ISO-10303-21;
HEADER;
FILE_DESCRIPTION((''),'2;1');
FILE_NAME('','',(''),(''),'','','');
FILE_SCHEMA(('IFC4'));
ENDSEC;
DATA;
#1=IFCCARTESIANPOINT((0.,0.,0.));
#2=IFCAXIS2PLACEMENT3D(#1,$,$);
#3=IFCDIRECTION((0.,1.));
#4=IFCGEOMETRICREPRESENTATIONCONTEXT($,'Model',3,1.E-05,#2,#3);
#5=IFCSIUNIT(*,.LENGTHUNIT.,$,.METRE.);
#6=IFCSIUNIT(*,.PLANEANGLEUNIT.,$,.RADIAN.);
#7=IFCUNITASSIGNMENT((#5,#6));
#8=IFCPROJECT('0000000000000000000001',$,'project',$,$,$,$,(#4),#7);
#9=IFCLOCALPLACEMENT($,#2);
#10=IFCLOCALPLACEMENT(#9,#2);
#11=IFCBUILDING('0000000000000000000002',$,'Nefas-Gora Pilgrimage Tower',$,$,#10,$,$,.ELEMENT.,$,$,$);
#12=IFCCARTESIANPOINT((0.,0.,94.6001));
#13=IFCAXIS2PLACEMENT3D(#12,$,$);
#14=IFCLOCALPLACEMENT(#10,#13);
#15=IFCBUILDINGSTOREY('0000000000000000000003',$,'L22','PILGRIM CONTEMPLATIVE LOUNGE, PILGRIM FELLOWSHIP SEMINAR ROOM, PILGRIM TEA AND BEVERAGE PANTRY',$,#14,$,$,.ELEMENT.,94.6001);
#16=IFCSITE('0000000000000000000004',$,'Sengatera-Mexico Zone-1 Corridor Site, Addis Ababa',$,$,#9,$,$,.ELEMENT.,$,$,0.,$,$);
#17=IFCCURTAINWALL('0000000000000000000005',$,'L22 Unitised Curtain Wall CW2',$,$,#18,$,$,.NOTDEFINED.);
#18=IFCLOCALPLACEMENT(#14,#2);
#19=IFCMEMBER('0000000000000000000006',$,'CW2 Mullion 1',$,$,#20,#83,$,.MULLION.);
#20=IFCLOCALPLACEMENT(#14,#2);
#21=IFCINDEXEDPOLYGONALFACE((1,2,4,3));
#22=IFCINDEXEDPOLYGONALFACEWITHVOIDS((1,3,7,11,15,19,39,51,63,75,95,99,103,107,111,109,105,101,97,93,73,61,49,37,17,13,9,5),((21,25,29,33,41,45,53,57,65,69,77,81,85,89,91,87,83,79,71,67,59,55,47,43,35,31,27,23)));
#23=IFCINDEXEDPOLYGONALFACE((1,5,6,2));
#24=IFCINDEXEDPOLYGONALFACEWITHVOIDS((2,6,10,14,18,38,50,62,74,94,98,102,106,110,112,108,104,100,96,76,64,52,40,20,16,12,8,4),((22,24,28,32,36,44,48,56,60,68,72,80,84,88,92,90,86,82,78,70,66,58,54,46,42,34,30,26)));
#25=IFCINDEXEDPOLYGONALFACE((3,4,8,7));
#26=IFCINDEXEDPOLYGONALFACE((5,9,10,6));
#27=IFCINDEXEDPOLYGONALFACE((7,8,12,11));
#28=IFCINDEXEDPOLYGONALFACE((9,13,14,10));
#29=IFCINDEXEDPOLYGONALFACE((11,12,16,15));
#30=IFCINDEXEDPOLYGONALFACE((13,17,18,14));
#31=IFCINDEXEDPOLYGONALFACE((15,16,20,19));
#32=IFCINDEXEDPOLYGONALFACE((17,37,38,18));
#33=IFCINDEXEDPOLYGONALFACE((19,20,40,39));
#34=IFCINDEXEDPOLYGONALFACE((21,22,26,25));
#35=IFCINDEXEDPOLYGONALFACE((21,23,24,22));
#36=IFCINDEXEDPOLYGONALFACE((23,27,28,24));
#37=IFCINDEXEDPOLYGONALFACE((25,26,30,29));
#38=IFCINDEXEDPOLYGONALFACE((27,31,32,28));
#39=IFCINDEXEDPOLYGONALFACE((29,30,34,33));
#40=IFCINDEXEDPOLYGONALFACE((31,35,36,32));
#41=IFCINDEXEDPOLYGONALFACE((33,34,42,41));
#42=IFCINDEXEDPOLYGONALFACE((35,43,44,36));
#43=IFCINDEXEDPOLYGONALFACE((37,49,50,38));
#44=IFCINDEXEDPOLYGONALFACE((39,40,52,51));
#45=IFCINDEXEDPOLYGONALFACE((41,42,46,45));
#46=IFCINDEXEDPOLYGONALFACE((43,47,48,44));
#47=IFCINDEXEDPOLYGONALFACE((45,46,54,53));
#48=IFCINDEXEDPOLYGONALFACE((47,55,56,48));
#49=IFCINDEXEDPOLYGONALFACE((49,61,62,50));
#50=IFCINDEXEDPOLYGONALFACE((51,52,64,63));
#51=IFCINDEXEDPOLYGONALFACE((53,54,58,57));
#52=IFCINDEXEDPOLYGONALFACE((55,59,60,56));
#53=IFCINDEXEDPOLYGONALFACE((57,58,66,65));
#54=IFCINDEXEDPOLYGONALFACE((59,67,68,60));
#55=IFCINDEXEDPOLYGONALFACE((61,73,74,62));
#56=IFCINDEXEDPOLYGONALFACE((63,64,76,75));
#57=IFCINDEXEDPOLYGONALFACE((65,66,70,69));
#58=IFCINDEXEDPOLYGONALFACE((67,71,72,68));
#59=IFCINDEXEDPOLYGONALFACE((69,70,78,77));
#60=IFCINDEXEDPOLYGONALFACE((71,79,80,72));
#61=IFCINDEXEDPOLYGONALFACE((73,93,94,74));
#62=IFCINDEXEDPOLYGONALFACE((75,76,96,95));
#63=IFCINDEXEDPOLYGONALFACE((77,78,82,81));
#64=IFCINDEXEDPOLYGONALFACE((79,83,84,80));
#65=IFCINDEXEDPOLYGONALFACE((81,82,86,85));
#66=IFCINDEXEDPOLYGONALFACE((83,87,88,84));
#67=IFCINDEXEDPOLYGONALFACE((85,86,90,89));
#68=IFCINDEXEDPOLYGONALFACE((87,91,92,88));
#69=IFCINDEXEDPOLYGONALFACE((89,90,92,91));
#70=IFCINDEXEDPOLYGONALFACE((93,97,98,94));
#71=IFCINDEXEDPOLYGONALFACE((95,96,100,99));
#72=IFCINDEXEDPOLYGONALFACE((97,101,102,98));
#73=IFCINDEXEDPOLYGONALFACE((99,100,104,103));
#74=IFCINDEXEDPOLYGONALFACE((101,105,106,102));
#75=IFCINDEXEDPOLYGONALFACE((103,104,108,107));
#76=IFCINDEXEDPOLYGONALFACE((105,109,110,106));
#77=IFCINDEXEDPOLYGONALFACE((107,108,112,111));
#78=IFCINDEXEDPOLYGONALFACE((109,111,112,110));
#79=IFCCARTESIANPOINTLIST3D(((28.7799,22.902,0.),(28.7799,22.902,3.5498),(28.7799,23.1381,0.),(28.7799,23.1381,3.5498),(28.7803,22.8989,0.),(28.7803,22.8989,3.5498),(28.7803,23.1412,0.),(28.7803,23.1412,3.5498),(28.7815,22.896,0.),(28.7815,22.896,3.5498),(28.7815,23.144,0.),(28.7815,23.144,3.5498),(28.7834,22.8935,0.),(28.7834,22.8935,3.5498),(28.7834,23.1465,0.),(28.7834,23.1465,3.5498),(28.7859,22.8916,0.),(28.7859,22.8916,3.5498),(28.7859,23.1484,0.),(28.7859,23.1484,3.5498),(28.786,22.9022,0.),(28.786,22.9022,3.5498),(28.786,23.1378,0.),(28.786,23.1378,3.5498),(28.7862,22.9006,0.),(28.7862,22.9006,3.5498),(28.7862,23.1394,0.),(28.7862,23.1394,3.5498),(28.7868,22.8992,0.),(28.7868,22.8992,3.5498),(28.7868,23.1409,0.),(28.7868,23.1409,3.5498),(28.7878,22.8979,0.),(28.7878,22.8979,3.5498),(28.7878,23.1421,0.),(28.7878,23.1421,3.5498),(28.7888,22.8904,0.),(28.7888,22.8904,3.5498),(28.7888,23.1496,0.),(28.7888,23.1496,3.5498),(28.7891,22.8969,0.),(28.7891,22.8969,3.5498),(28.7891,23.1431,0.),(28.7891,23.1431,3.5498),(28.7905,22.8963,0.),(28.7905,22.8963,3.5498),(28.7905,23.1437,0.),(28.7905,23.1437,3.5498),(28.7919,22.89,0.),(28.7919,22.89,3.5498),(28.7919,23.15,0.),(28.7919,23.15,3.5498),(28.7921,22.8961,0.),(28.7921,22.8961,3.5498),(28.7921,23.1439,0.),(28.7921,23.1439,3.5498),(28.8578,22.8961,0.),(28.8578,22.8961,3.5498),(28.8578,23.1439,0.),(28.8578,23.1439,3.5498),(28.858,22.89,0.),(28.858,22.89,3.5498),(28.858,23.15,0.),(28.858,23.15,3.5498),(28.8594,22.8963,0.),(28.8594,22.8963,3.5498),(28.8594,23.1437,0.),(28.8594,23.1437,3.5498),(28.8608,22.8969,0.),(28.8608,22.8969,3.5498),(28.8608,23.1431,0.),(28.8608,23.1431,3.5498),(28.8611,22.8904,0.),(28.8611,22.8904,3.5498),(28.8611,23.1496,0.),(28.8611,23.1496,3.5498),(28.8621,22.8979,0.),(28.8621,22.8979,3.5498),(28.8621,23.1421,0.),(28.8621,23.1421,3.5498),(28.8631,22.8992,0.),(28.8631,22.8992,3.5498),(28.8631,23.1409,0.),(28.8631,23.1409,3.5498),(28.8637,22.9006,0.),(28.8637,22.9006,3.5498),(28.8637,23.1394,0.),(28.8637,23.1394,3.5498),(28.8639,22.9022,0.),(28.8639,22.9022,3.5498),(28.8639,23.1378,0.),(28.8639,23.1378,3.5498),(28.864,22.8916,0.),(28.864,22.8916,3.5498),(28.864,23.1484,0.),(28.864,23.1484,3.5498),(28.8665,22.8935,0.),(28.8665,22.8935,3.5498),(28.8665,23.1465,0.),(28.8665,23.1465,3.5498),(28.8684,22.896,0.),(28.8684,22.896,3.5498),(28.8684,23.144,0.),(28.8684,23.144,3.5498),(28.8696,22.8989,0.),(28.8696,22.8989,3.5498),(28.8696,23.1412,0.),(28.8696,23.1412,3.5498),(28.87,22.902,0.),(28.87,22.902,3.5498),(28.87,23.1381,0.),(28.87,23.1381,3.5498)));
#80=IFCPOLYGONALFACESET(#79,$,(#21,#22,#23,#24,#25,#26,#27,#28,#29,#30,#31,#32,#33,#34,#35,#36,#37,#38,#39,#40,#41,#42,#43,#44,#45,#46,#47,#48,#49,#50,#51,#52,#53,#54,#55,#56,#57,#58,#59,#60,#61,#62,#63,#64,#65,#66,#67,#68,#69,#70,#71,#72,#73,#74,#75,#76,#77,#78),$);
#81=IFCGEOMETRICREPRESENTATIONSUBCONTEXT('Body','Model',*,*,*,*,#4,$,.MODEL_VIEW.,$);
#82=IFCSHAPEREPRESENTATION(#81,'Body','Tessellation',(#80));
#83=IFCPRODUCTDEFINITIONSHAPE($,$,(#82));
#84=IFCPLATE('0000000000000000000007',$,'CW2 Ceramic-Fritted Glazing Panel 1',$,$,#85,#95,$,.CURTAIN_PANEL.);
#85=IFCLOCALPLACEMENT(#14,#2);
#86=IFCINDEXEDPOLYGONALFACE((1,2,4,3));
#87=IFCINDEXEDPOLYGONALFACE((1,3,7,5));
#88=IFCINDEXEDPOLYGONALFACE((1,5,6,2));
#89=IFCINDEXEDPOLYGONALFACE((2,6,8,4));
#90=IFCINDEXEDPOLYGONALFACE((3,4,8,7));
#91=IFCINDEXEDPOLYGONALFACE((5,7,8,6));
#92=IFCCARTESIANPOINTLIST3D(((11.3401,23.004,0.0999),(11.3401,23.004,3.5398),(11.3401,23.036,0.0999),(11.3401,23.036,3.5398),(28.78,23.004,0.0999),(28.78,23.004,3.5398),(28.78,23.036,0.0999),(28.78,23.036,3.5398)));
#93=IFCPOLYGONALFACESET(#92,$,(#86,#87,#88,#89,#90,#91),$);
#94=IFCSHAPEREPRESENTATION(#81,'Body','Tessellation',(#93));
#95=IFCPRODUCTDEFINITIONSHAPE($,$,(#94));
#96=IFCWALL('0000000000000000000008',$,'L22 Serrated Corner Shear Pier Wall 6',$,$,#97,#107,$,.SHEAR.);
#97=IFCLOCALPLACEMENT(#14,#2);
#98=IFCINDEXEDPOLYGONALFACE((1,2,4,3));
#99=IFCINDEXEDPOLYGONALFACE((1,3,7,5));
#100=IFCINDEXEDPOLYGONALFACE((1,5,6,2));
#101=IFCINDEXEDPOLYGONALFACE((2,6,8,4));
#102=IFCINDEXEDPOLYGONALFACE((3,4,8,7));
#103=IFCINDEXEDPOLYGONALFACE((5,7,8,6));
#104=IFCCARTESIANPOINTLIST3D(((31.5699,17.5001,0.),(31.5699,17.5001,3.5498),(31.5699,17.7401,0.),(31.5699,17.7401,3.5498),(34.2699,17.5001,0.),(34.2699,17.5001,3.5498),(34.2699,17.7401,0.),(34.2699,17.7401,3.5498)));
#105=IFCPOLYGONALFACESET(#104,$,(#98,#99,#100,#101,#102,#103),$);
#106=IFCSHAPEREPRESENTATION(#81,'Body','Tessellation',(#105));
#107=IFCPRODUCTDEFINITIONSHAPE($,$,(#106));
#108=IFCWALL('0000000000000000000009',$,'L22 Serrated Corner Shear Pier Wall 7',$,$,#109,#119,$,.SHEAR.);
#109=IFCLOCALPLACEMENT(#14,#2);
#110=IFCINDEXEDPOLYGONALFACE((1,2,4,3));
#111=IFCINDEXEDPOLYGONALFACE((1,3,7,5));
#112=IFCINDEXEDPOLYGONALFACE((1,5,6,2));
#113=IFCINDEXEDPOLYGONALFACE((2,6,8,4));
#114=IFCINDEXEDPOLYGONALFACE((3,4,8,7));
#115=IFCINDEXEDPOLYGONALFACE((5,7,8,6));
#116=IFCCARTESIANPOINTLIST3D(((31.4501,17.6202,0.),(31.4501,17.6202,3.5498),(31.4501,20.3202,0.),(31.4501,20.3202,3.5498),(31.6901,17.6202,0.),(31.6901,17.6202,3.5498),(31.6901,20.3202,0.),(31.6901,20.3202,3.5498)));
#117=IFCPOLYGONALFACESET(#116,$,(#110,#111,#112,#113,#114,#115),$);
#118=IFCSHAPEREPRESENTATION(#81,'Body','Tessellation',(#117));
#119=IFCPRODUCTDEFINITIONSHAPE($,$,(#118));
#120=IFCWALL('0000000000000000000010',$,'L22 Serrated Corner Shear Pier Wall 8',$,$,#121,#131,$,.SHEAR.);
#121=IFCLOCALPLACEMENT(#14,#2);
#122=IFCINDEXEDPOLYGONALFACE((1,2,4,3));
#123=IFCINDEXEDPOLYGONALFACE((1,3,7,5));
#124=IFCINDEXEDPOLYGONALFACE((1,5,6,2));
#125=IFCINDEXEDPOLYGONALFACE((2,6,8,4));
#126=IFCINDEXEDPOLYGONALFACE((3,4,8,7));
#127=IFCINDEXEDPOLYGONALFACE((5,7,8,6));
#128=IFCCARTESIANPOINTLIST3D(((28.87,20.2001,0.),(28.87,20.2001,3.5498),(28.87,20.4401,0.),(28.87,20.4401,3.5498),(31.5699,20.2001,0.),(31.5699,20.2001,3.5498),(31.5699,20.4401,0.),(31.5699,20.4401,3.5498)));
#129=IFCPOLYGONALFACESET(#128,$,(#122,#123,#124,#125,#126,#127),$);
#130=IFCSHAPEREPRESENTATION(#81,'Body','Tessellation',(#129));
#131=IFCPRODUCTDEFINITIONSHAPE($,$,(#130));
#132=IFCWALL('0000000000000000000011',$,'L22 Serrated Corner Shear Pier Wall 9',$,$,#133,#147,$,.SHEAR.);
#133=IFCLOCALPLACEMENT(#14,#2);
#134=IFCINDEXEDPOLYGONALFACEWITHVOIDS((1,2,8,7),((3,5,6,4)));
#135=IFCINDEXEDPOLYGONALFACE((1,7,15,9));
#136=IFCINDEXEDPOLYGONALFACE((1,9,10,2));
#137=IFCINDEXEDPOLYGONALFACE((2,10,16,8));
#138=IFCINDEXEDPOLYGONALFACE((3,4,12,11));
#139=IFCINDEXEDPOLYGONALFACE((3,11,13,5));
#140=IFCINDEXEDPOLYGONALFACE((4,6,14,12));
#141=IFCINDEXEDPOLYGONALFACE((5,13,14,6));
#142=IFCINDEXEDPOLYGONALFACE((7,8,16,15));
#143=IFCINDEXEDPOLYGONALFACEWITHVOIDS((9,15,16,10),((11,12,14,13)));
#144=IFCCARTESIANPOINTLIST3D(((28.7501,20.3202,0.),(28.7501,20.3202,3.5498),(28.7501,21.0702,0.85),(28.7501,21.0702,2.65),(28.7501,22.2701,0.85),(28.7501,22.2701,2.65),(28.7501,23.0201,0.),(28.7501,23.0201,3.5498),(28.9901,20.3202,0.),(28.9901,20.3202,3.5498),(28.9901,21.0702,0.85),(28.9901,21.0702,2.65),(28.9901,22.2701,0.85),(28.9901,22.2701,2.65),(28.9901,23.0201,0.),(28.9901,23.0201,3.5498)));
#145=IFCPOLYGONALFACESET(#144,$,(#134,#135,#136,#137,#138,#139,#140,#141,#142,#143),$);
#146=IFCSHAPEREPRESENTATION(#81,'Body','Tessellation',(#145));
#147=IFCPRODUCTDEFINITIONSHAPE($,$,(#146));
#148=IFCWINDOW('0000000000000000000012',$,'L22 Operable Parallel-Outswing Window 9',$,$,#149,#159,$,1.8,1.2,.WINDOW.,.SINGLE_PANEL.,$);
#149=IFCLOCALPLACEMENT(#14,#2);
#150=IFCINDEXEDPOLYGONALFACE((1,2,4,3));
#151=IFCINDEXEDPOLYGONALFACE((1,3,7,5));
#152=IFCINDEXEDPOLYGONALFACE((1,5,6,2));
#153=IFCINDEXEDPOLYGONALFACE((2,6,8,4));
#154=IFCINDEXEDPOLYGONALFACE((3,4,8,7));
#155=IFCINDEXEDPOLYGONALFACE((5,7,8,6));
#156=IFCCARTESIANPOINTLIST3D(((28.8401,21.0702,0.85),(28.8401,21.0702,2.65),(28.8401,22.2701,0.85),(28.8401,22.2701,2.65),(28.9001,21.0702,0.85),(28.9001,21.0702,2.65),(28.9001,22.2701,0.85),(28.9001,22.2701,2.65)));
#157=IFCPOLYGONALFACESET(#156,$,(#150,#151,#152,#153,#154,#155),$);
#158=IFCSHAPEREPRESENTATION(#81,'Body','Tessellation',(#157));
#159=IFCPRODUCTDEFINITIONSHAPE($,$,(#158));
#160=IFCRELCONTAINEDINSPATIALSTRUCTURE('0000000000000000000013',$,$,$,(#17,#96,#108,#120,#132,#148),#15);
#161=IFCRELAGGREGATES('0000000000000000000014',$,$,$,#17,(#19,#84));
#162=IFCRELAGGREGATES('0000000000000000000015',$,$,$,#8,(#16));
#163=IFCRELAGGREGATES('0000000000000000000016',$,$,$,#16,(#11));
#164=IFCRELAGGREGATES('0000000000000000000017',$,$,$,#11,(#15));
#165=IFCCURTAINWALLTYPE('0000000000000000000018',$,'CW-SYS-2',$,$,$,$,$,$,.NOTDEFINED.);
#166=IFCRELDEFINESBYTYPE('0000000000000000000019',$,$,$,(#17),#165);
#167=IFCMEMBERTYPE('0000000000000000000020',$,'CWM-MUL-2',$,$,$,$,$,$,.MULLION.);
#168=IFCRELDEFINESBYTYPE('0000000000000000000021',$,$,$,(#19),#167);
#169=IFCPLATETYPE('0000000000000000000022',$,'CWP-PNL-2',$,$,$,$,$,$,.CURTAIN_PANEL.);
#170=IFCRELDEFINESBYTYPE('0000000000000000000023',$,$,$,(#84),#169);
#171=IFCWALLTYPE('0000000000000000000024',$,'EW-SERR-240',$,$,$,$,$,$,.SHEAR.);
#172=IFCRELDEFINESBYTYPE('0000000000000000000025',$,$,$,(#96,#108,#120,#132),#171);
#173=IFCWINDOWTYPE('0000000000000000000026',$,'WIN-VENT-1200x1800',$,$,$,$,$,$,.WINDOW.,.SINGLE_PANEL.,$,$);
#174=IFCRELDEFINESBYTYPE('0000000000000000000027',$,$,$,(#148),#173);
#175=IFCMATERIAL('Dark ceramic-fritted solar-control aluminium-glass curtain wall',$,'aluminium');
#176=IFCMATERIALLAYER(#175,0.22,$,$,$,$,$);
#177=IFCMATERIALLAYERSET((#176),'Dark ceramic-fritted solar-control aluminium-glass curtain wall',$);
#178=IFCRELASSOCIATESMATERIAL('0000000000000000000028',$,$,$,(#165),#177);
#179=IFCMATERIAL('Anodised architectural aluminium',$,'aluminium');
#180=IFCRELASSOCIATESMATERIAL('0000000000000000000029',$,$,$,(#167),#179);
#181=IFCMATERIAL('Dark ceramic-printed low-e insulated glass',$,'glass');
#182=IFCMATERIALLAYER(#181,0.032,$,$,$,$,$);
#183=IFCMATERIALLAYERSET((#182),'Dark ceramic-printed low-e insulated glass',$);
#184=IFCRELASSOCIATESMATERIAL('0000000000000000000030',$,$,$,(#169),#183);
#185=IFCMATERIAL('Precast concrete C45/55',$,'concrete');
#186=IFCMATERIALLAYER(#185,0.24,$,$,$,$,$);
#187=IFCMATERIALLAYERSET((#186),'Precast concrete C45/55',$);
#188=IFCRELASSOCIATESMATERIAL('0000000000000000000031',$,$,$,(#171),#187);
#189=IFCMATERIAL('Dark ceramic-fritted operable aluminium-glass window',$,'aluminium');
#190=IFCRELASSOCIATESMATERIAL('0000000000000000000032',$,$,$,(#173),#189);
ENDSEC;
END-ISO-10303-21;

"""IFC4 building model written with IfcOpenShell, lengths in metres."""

from ifc_helpers import new_model, si_unit, direction, frame, frame_2d, origin, origin_2d, place, context, subcontext, project, spatial, rectangle, hollow_rectangle, extrude, source, transform, mapped, material, layer, layer_set, material_profile, profile_set, type_object, element, fill, aggregate, save


model = new_model("IFC4")

# Units and contexts
model_context = context("Model", 3, precision=1e-05, world=origin(), true_north=direction((0.0, 1.0)))
body_context = subcontext(model_context, "Body", "Model", "MODEL_VIEW")
ifc_project = project(units=[si_unit("LENGTHUNIT", "METRE"), si_unit("PLANEANGLEUNIT", "RADIAN")], contexts=[model_context])

# Site, building, storey
site_placement = place(None, origin())
site = spatial("IfcSite", under=ifc_project, at=site_placement, Name="Sengatera-Mexico Zone-1 Corridor Site, Addis Ababa", CompositionType="ELEMENT", RefElevation=0.0)
building_placement = place(site_placement, origin())
building = spatial("IfcBuilding", under=site, at=building_placement, Name="Nefas-Gora Pilgrimage Tower", CompositionType="ELEMENT")
storey_placement = place(building_placement, frame((0.0, 0.0, 94.6001)))
storey = spatial("IfcBuildingStorey", under=building, at=storey_placement, Name="L22", Description="PILGRIM CONTEMPLATIVE LOUNGE, PILGRIM FELLOWSHIP SEMINAR ROOM, PILGRIM TEA AND BEVERAGE PANTRY", CompositionType="ELEMENT", Elevation=94.6001)

# Curtain wall
ifc_material_1 = material(Name="Dark ceramic-fritted solar-control aluminium-glass curtain wall", Category="aluminium")
ifc_layer_1 = layer(ifc_material_1, 0.22)
ifc_layer_set_1 = layer_set([ifc_layer_1], Name="Dark ceramic-fritted solar-control aluminium-glass curtain wall")
curtain_wall_type = type_object("IfcCurtainWallType", Name="CW-SYS-2", PredefinedType="NOTDEFINED", material=ifc_layer_set_1)
curtain_wall_1_placement = place(storey_placement, origin())
curtain_wall_1 = element("IfcCurtainWall", 1, at=curtain_wall_1_placement, inside=storey, type_object=curtain_wall_type, Name="L22 Unitised Curtain Wall CW2", PredefinedType="NOTDEFINED")
ifc_material_2 = material(Name="Anodised architectural aluminium", Category="aluminium")
ifc_material_profile_1 = material_profile(ifc_material_2, hollow_rectangle(XDim=0.0901, YDim=0.26, WallThickness=0.0061, InnerFilletRadius=0.0061, OuterFilletRadius=0.012, at=origin_2d()), Name="ALU MULLION 90x260")
ifc_profile_set_1 = profile_set([ifc_material_profile_1], Name="Anodised architectural aluminium")
member_type_1 = type_object("IfcMemberType", Name="CWM-MUL-2", PredefinedType="MULLION", material=ifc_profile_set_1)
shared_shape_1 = source(origin(), body_context, "Body", "SweptSolid", [
    extrude(hollow_rectangle(XDim=0.0901, YDim=0.26, WallThickness=0.0061, InnerFilletRadius=0.0061, OuterFilletRadius=0.012, at=origin_2d()), origin(), (0.0, 0.0, 1.0), 3.5498),
])

# Member
member_1_placement = place(storey_placement, frame((28.825, 23.02, 0.0), z_axis=(0.0, 0.0, 1.0), x_axis=(-1.0, 0.0, 0.0)))
member_1 = element("IfcMember", 2, at=member_1_placement, type_object=member_type_1, Name="CW2 Mullion 1", PredefinedType="MULLION", context=body_context, shape_type="MappedRepresentation", body=[
    mapped(shared_shape_1, transform((0.0, 0.0, 0.0), x_axis=(1.0, 0.0, 0.0), y_axis=(0.0, 1.0, 0.0), z_axis=(0.0, 0.0, 1.0), scale=1.0)),
])

# Plate
ifc_material_3 = material(Name="Dark ceramic-printed low-e insulated glass", Category="glass")
ifc_layer_2 = layer(ifc_material_3, 0.032)
ifc_layer_set_2 = layer_set([ifc_layer_2], Name="Dark ceramic-printed low-e insulated glass")
plate_type = type_object("IfcPlateType", Name="CWP-PNL-2", PredefinedType="CURTAIN_PANEL", material=ifc_layer_set_2)
shared_shape_2 = source(origin(), body_context, "Body", "SweptSolid", [
    extrude(rectangle(XDim=17.4399, YDim=0.032, at=origin_2d()), origin(), (0.0, 0.0, 1.0), 3.4399),
])
plate_placement = place(storey_placement, frame((20.0601, 23.02, 0.0999), z_axis=(0.0, 0.0, 1.0), x_axis=(-1.0, 0.0, 0.0)))
plate = element("IfcPlate", 3, at=plate_placement, type_object=plate_type, Name="CW2 Ceramic-Fritted Glazing Panel 1", PredefinedType="CURTAIN_PANEL", context=body_context, shape_type="MappedRepresentation", body=[
    mapped(shared_shape_2, transform((0.0, 0.0, 0.0), x_axis=(1.0, 0.0, 0.0), y_axis=(0.0, 1.0, 0.0), z_axis=(0.0, 0.0, 1.0), scale=1.0)),
])
aggregate(curtain_wall_1, [member_1, plate])

# Walls
ifc_material_4 = material(Name="Precast concrete C45/55", Category="concrete")
ifc_layer_3 = layer(ifc_material_4, 0.24)
ifc_layer_set_3 = layer_set([ifc_layer_3], Name="Precast concrete C45/55")
wall_type = type_object("IfcWallType", Name="EW-SERR-240", PredefinedType="SHEAR", material=ifc_layer_set_3)
shared_shape_3 = source(origin(), body_context, "Body", "SweptSolid", [
    extrude(rectangle(XDim=2.7, YDim=0.24, at=frame_2d((1.3501, 0.0))), origin(), (0.0, 0.0, 1.0), 3.5498),
])
for number, where, z_axis, x_axis, name in (
    (4, (34.27, 17.6201, 0.0), (0.0, 0.0, 1.0), (-1.0, 0.0, 0.0), "L22 Serrated Corner Shear Pier Wall 6"),
    (5, (31.5701, 17.6201, 0.0), (0.0, 0.0, 1.0), (0.0, 1.0, 0.0), "L22 Serrated Corner Shear Pier Wall 7"),
    (6, (31.5701, 20.3201, 0.0), (0.0, 0.0, 1.0), (-1.0, 0.0, 0.0), "L22 Serrated Corner Shear Pier Wall 8"),
):
    element("IfcWall", number, at=place(storey_placement, frame(where, z_axis=z_axis, x_axis=x_axis)), inside=storey, type_object=wall_type, Name=name, PredefinedType="SHEAR", context=body_context, shape_type="MappedRepresentation", body=[
        mapped(shared_shape_3, transform((0.0, 0.0, 0.0), x_axis=(1.0, 0.0, 0.0), y_axis=(0.0, 1.0, 0.0), z_axis=(0.0, 0.0, 1.0), scale=1.0)),
    ])

# Wall, opening, window
wall_placement = place(storey_placement, frame((28.8701, 20.3201, 0.0), z_axis=(0.0, 0.0, 1.0), x_axis=(0.0, 1.0, 0.0)))
wall = element("IfcWall", 7, at=wall_placement, inside=storey, type_object=wall_type, Name="L22 Serrated Corner Shear Pier Wall 9", PredefinedType="SHEAR", context=body_context, shape_type="MappedRepresentation", body=[
    mapped(shared_shape_3, transform((0.0, 0.0, 0.0), x_axis=(1.0, 0.0, 0.0), y_axis=(0.0, 1.0, 0.0), z_axis=(0.0, 0.0, 1.0), scale=1.0)),
])
opening_placement = place(wall_placement, frame((0.75, 0.0, 0.8501)))
opening = element("IfcOpeningElement", 8, at=opening_placement, cuts=wall, PredefinedType="OPENING", context=body_context, shape_type="SweptSolid", body=[
    extrude(rectangle(XDim=1.2, YDim=1.8, at=frame_2d((0.6001, 0.8999))), frame((0.0, 0.1299, 0.0), z_axis=(0.0, -1.0, 0.0), x_axis=(1.0, 0.0, 0.0)), (0.0, 0.0, 1.0), 0.26),
])
ifc_material_5 = material(Name="Dark ceramic-fritted operable aluminium-glass window", Category="aluminium")
window_type = type_object("IfcWindowType", Name="WIN-VENT-1200x1800", PartitioningType="SINGLE_PANEL", PredefinedType="WINDOW", material=ifc_material_5)
shared_shape_4 = source(origin(), body_context, "Body", "SweptSolid", [
    extrude(rectangle(XDim=1.2, YDim=1.8, at=frame_2d((0.6001, 0.8999))), frame((0.0, 0.03, 0.0), z_axis=(0.0, -1.0, 0.0), x_axis=(1.0, 0.0, 0.0)), (0.0, 0.0, 1.0), 0.0601),
])
window_placement = place(opening_placement, origin())
window = element("IfcWindow", 9, at=window_placement, inside=storey, type_object=window_type, Name="L22 Operable Parallel-Outswing Window 9", OverallHeight=1.8, OverallWidth=1.2, PartitioningType="SINGLE_PANEL", PredefinedType="WINDOW", context=body_context, shape_type="MappedRepresentation", body=[
    mapped(shared_shape_4, transform((0.0, 0.0, 0.0), x_axis=(1.0, 0.0, 0.0), y_axis=(0.0, 1.0, 0.0), z_axis=(0.0, 0.0, 1.0), scale=1.0)),
])
fill(opening, window)

save(model, "model.ifc")
